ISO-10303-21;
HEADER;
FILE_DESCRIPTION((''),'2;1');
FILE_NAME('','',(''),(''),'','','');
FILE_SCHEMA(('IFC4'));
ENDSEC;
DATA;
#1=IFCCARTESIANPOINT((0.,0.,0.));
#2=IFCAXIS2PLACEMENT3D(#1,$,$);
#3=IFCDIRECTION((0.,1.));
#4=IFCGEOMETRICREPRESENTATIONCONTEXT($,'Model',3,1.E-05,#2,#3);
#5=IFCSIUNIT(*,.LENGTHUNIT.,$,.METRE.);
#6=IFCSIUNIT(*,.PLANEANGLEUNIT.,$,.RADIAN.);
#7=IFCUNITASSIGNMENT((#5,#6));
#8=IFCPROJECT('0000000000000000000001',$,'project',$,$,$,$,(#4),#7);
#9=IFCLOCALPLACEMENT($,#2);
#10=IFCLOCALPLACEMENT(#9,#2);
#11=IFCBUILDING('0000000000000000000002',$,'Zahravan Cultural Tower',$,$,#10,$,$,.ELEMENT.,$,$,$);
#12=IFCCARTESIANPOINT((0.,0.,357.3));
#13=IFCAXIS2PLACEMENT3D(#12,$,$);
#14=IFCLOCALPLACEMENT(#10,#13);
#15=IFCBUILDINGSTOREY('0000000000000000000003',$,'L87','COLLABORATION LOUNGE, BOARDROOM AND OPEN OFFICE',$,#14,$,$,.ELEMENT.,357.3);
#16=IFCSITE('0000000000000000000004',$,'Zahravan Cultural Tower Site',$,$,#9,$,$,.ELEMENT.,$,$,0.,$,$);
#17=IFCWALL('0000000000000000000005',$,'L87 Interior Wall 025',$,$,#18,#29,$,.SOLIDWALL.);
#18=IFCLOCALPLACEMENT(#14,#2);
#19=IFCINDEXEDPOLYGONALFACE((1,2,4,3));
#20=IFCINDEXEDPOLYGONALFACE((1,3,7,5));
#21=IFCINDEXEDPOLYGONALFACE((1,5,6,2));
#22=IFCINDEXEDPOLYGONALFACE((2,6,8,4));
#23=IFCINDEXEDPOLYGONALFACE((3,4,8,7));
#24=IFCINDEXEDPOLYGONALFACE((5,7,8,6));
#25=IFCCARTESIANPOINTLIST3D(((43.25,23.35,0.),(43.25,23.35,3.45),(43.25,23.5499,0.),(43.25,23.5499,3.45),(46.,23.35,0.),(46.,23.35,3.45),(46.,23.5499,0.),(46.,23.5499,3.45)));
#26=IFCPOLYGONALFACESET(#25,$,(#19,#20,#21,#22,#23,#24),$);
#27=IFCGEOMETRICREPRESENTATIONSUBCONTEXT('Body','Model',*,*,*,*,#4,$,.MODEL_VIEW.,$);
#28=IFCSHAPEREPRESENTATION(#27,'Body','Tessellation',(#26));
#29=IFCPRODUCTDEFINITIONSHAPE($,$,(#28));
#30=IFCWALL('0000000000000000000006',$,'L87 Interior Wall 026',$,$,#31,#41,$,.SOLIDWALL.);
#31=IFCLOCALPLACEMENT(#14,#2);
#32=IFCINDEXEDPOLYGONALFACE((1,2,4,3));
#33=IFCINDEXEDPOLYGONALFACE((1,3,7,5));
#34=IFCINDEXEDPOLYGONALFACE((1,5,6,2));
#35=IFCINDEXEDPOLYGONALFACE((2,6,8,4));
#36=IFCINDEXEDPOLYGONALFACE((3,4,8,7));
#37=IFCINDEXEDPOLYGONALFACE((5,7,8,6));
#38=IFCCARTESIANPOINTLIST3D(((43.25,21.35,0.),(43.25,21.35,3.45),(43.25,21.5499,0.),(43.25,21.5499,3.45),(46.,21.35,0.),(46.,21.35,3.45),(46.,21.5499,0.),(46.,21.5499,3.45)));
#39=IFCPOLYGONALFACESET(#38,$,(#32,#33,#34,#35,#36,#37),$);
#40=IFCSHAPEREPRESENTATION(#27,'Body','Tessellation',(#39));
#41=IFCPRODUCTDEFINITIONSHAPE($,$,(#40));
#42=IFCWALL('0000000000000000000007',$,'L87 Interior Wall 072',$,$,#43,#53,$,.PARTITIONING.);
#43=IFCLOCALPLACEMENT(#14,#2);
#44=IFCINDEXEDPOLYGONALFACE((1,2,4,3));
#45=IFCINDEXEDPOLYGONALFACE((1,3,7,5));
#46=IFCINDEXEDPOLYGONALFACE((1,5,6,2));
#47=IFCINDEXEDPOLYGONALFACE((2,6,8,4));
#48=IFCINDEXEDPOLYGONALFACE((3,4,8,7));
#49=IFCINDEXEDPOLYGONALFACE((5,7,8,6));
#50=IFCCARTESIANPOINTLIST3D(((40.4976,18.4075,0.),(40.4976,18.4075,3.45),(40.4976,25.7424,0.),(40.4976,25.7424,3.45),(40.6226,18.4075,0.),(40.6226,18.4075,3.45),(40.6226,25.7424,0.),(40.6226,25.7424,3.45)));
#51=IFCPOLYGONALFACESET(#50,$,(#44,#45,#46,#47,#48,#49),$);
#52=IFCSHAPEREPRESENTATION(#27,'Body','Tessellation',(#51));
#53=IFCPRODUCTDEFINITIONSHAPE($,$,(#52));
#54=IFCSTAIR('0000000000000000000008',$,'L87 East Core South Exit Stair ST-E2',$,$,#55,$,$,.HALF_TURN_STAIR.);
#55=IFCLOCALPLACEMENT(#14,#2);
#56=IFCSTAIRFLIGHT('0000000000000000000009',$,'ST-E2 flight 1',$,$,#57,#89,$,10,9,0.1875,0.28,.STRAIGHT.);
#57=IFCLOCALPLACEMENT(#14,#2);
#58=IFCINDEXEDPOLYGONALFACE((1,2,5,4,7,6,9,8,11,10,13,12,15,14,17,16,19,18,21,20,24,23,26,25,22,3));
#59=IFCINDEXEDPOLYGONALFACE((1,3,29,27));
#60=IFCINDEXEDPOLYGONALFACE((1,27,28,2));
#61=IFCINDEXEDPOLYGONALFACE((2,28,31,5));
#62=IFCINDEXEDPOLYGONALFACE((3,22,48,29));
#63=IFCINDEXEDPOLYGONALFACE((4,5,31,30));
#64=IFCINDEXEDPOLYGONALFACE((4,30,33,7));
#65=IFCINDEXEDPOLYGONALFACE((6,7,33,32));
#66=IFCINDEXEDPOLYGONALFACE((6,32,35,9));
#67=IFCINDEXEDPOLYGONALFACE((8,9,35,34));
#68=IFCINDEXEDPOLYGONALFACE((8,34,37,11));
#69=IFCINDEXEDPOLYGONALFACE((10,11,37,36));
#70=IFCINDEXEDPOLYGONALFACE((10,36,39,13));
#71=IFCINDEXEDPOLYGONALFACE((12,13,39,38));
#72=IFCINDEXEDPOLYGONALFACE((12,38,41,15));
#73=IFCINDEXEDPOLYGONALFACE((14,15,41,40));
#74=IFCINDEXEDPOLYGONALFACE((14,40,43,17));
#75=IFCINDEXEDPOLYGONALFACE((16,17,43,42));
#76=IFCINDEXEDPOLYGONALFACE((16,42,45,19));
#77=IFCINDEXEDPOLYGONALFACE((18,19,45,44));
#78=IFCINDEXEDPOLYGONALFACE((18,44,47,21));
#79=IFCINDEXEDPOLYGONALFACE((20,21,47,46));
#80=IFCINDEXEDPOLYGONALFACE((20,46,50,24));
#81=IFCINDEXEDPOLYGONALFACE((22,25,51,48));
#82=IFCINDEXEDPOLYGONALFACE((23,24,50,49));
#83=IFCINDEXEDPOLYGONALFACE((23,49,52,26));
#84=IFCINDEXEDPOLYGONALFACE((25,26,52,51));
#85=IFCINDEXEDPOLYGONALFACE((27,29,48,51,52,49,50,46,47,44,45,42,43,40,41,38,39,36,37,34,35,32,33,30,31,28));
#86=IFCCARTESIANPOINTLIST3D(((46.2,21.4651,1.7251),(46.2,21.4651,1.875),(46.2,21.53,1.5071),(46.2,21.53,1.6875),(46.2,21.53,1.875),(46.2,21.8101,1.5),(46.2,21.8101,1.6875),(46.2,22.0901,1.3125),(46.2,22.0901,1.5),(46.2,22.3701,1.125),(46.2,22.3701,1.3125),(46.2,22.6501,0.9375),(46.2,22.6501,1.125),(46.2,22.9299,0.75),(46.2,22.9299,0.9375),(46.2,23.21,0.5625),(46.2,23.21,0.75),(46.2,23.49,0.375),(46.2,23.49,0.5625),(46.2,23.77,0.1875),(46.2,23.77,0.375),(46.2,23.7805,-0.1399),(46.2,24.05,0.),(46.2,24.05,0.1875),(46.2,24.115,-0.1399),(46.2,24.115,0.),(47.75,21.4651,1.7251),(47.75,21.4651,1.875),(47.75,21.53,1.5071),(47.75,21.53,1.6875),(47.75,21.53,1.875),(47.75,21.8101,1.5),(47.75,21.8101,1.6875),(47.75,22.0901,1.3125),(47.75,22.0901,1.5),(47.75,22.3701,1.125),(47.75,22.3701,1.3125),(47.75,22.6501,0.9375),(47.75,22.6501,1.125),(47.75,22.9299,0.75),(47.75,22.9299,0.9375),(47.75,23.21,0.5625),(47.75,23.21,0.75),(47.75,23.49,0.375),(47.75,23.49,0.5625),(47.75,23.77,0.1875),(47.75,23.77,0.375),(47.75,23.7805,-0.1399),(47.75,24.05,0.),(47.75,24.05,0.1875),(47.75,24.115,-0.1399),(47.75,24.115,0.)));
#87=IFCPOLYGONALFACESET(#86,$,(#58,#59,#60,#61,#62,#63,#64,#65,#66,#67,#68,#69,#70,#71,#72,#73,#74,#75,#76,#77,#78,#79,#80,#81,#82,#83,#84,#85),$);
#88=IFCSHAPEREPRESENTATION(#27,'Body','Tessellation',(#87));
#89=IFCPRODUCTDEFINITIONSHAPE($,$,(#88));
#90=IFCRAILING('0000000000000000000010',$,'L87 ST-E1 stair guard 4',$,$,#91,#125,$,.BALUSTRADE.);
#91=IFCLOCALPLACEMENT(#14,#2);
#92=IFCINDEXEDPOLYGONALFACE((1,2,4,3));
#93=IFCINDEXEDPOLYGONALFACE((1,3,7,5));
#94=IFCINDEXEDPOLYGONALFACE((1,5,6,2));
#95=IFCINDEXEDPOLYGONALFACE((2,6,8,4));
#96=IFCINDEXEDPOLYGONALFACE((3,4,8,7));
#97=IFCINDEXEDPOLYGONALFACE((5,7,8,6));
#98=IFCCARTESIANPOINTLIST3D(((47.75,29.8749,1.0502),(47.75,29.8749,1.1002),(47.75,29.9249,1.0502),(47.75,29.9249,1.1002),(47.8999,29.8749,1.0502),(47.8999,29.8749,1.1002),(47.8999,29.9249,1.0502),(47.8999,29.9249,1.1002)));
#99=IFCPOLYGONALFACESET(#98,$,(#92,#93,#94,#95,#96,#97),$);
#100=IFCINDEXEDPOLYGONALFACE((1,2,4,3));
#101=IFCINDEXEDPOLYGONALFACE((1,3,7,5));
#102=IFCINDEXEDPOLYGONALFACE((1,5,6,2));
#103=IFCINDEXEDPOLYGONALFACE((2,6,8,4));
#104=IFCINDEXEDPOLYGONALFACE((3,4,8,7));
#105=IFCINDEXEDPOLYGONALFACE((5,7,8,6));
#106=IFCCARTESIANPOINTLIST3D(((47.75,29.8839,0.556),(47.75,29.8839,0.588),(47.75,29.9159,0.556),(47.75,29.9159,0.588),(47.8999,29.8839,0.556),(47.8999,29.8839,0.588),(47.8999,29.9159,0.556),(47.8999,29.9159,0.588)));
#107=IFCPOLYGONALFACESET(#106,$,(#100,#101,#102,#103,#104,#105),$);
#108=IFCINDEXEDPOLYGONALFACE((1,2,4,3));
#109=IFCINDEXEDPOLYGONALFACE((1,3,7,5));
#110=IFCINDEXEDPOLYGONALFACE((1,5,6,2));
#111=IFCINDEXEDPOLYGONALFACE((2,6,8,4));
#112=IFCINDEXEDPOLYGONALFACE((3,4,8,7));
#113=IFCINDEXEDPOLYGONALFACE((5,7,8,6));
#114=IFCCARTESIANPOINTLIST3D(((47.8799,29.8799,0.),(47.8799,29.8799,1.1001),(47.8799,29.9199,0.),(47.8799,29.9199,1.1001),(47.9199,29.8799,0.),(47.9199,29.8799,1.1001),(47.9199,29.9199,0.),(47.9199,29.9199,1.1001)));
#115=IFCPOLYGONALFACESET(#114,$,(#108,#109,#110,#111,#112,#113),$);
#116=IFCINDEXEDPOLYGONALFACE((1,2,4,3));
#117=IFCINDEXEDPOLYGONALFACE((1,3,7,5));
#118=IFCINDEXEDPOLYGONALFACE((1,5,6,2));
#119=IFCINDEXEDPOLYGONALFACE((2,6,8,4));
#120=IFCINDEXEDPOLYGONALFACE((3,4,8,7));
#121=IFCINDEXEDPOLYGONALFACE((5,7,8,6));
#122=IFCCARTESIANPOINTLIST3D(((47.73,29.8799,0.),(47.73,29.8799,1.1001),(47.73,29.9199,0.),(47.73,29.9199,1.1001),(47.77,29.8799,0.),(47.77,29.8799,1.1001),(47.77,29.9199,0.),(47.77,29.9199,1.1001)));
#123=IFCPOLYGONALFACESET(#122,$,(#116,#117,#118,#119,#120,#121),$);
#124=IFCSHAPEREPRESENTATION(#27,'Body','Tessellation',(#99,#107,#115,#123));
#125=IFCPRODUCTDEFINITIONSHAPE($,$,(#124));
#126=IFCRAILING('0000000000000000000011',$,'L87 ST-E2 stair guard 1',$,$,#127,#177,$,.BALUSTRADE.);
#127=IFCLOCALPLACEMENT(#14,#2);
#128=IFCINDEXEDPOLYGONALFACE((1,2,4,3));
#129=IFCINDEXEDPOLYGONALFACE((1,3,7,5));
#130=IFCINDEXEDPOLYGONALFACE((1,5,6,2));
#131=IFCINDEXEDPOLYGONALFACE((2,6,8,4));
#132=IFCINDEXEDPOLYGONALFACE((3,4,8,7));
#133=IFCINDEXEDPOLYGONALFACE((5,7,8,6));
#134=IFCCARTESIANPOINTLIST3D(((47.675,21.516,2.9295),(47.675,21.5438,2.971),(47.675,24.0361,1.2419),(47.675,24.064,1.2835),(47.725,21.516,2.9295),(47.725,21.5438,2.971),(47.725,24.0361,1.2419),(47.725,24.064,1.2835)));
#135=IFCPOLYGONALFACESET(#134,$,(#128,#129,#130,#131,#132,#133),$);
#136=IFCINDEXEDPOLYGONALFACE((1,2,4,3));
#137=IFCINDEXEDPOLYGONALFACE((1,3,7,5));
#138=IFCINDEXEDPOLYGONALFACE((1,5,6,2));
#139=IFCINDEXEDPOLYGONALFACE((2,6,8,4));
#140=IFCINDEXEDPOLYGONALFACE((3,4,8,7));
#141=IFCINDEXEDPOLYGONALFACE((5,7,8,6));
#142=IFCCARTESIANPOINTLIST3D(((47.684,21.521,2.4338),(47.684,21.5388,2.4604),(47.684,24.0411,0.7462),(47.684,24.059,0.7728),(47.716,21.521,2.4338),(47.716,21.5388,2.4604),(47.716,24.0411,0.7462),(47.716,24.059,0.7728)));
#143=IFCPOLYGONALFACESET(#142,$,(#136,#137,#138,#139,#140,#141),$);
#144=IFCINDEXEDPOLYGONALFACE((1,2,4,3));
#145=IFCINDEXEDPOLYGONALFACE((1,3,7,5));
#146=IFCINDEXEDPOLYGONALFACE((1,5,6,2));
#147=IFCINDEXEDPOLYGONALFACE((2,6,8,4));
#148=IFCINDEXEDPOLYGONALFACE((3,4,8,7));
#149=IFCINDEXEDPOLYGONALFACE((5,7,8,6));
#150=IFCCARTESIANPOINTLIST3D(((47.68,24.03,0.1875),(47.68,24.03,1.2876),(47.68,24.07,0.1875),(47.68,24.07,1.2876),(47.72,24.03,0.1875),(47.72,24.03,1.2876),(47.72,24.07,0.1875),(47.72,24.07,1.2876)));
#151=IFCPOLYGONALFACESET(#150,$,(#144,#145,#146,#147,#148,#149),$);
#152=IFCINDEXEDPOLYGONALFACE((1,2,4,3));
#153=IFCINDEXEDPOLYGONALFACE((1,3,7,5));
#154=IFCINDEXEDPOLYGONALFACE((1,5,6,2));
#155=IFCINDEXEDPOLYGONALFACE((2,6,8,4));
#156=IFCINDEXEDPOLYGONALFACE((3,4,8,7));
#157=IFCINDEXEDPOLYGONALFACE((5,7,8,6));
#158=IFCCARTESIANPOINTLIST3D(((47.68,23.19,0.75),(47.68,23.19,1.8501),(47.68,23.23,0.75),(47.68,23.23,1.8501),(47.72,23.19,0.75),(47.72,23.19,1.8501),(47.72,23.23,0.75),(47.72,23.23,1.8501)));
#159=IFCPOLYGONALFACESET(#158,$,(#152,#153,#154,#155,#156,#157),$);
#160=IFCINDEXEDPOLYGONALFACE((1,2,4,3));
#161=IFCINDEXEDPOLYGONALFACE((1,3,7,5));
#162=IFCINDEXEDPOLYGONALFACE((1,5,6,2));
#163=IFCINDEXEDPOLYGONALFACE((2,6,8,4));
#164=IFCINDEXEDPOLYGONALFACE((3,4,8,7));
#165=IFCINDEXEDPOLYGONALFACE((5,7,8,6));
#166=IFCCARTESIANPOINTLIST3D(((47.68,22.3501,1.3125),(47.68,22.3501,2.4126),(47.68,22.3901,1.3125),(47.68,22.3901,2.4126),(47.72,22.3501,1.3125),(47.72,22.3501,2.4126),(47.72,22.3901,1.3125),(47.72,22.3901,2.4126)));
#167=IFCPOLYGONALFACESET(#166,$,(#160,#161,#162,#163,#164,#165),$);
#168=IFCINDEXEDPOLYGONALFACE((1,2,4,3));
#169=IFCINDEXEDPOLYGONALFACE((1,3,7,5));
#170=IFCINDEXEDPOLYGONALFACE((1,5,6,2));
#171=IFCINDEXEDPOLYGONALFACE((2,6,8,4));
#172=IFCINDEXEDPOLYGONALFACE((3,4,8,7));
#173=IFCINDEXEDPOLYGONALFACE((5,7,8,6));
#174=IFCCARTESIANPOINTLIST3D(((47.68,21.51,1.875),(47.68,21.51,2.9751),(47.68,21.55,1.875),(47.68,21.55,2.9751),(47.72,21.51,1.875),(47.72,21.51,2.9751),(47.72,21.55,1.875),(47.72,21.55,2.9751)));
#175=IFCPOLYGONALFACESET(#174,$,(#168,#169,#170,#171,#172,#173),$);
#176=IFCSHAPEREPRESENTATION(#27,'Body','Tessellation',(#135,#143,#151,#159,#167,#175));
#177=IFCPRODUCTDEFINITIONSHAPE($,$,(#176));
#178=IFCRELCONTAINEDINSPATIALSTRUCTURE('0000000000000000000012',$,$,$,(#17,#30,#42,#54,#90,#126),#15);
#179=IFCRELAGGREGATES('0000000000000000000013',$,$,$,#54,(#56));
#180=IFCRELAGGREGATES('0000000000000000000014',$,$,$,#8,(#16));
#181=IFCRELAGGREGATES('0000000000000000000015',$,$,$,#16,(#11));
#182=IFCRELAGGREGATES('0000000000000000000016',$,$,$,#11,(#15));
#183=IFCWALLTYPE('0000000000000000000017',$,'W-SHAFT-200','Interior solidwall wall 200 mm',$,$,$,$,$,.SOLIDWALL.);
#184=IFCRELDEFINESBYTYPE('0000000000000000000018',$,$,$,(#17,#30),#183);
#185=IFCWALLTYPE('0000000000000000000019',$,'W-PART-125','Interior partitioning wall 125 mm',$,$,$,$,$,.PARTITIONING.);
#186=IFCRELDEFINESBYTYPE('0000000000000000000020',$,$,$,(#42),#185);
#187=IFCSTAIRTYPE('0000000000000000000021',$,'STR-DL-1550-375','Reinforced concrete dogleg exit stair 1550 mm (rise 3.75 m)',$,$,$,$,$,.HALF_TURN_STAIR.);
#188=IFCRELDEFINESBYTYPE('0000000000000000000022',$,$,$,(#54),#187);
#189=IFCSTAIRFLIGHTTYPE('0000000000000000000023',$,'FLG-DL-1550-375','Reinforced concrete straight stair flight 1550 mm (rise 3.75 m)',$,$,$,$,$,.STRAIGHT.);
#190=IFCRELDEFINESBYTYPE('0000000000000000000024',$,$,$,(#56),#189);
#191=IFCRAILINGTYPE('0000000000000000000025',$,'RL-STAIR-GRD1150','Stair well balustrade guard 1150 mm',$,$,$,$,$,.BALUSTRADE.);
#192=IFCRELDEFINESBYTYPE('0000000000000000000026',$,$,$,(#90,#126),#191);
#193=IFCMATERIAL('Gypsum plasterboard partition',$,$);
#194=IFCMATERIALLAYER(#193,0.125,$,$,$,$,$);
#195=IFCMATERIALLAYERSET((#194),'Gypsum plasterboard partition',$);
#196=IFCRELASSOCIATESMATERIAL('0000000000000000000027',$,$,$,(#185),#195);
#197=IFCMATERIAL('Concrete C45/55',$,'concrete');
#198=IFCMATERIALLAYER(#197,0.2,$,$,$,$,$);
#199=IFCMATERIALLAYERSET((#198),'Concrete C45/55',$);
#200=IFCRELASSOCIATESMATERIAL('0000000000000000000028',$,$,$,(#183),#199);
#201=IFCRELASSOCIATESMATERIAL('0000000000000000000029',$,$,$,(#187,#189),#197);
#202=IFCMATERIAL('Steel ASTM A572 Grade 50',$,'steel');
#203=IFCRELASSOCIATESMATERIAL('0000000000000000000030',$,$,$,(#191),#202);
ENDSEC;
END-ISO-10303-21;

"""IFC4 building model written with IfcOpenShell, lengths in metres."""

from ifc_helpers import new_model, si_unit, direction, frame, frame_2d, origin, origin_2d, place, context, subcontext, project, spatial, polyline, rectangle, outline, extrude, source, transform, mapped, material, layer, layer_set, type_object, element, aggregate, save


model = new_model("IFC4")

# Units and contexts
model_context = context("Model", 3, precision=1e-05, world=origin(), true_north=direction((0.0, 1.0)))
body_context = subcontext(model_context, "Body", "Model", "MODEL_VIEW")
ifc_project = project(units=[si_unit("LENGTHUNIT", "METRE"), si_unit("PLANEANGLEUNIT", "RADIAN")], contexts=[model_context])

# Site, building, storey
site_placement = place(None, origin())
site = spatial("IfcSite", under=ifc_project, at=site_placement, Name="Zahravan Cultural Tower Site", CompositionType="ELEMENT", RefElevation=0.0)
building_placement = place(site_placement, origin())
building = spatial("IfcBuilding", under=site, at=building_placement, Name="Zahravan Cultural Tower", CompositionType="ELEMENT")
storey_placement = place(building_placement, frame((0.0, 0.0, 357.3)))
storey = spatial("IfcBuildingStorey", under=building, at=storey_placement, Name="L87", Description="COLLABORATION LOUNGE, BOARDROOM AND OPEN OFFICE", CompositionType="ELEMENT", Elevation=357.3)

# Shared definitions
ifc_material_1 = material(Name="Steel ASTM A572 Grade 50", Category="steel")
ifc_material_2 = material(Name="Gypsum plasterboard partition")
ifc_layer_1 = layer(ifc_material_2, 0.125)
ifc_layer_set_1 = layer_set([ifc_layer_1], Name="Gypsum plasterboard partition")
wall_type_1 = type_object("IfcWallType", Name="W-PART-125", Description="Interior partitioning wall 125 mm", PredefinedType="PARTITIONING", material=ifc_layer_set_1)
ifc_material_3 = material(Name="Concrete C45/55", Category="concrete")
ifc_layer_2 = layer(ifc_material_3, 0.2)
ifc_layer_set_2 = layer_set([ifc_layer_2], Name="Concrete C45/55")
wall_type_2 = type_object("IfcWallType", Name="W-SHAFT-200", Description="Interior solidwall wall 200 mm", PredefinedType="SOLIDWALL", material=ifc_layer_set_2)

# Walls
shared_shape_1 = source(origin(), body_context, "Body", "SweptSolid", [
    extrude(rectangle(XDim=2.75, YDim=0.2, at=frame_2d((1.375, 0.0))), origin(), (0.0, 0.0, 1.0), 3.45),
])
for number, where, z_axis, x_axis, name in (
    (1, (43.25, 23.45, 0.0), (0.0, 0.0, 1.0), (1.0, 0.0, 0.0), "L87 Interior Wall 025"),
    (2, (43.25, 21.45, 0.0), (0.0, 0.0, 1.0), (1.0, 0.0, 0.0), "L87 Interior Wall 026"),
):
    element("IfcWall", number, at=place(storey_placement, frame(where, z_axis=z_axis, x_axis=x_axis)), inside=storey, type_object=wall_type_2, Name=name, PredefinedType="SOLIDWALL", context=body_context, shape_type="MappedRepresentation", body=[
        mapped(shared_shape_1, transform((0.0, 0.0, 0.0), x_axis=(1.0, 0.0, 0.0), y_axis=(0.0, 1.0, 0.0), z_axis=(0.0, 0.0, 1.0), scale=1.0)),
    ])
shared_shape_2 = source(origin(), body_context, "Body", "SweptSolid", [
    extrude(rectangle(XDim=7.335, YDim=0.125, at=frame_2d((3.6675, 0.0))), origin(), (0.0, 0.0, 1.0), 3.45),
])
wall_1_placement = place(storey_placement, frame((40.5601, 25.7424, 0.0), z_axis=(0.0, 0.0, 1.0), x_axis=(0.0, -1.0, 0.0)))
element("IfcWall", 3, at=wall_1_placement, inside=storey, type_object=wall_type_1, Name="L87 Interior Wall 072", PredefinedType="PARTITIONING", context=body_context, shape_type="MappedRepresentation", body=[
    mapped(shared_shape_2, transform((0.0, 0.0, 0.0), x_axis=(1.0, 0.0, 0.0), y_axis=(0.0, 1.0, 0.0), z_axis=(0.0, 0.0, 1.0), scale=1.0)),
])

# Stair, stair flight
stair_type = type_object("IfcStairType", Name="STR-DL-1550-375", Description="Reinforced concrete dogleg exit stair 1550 mm (rise 3.75 m)", PredefinedType="HALF_TURN_STAIR", material=ifc_material_3)
stair_placement = place(storey_placement, origin())
stair = element("IfcStair", 4, at=stair_placement, inside=storey, type_object=stair_type, Name="L87 East Core South Exit Stair ST-E2", PredefinedType="HALF_TURN_STAIR")
stair_flight_type = type_object("IfcStairFlightType", Name="FLG-DL-1550-375", Description="Reinforced concrete straight stair flight 1550 mm (rise 3.75 m)", PredefinedType="STRAIGHT", material=ifc_material_3)
stair_flight_placement = place(storey_placement, frame((46.9751, 24.05, 0.0), z_axis=(0.0, 0.0, 1.0), x_axis=(0.0, -1.0, 0.0)))
stair_flight = element("IfcStairFlight", 5, at=stair_flight_placement, type_object=stair_flight_type, Name="ST-E2 flight 1", NumberOfRisers=10, NumberOfTreads=9, PredefinedType="STRAIGHT", RiserHeight=0.1875, TreadLength=0.28, context=body_context, shape_type="SweptSolid", body=[
    extrude(outline(polyline([(-0.0649, -0.1399), (-0.0649, 0.0), (0.0, 0.0), (0.0, 0.1875), (0.28, 0.1875), (0.28, 0.375), (0.5601, 0.375), (0.5601, 0.5625), (0.8401, 0.5625), (0.8401, 0.75), (1.1201, 0.75), (1.1201, 0.9375), (1.3999, 0.9375), (1.3999, 1.125), (1.6799, 1.125), (1.6799, 1.3125), (1.96, 1.3125), (1.96, 1.5), (2.24, 1.5), (2.24, 1.6875), (2.52, 1.6875), (2.52, 1.875), (2.585, 1.875), (2.585, 1.7251), (2.52, 1.5071), (0.2695, -0.1399), (-0.0649, -0.1399)])), frame((0.0, 0.7749, 0.0), z_axis=(0.0, -1.0, 0.0), x_axis=(1.0, 0.0, 0.0)), (0.0, 0.0, 1.0), 1.55),
])
aggregate(stair, [stair_flight])

# Railings
railing_type_1 = type_object("IfcRailingType", Name="RL-STAIR-GRD1150", Description="Stair well balustrade guard 1150 mm", PredefinedType="BALUSTRADE", material=ifc_material_1)
railing_1_placement = place(storey_placement, frame((47.8999, 29.8999, 0.0)))
element("IfcRailing", 6, at=railing_1_placement, inside=storey, type_object=railing_type_1, Name="L87 ST-E1 stair guard 4", PredefinedType="BALUSTRADE", context=body_context, shape_type="SweptSolid", body=[
    extrude(rectangle(XDim=0.05, YDim=0.05, at=origin_2d()), frame((0.0, 0.0, 1.0752), z_axis=(-1.0, 0.0, 0.0), x_axis=(0.0, -1.0, 0.0)), (0.0, 0.0, 1.0), 0.1499),
    extrude(rectangle(XDim=0.032, YDim=0.032, at=origin_2d()), frame((0.0, 0.0, 0.572), z_axis=(-1.0, 0.0, 0.0), x_axis=(0.0, -1.0, 0.0)), (0.0, 0.0, 1.0), 0.1499),
    extrude(rectangle(XDim=0.04, YDim=0.04, at=origin_2d()), origin(), (0.0, 0.0, 1.0), 1.1001),
    extrude(rectangle(XDim=0.04, YDim=0.04, at=origin_2d()), frame((-0.1499, 0.0, 0.0)), (0.0, 0.0, 1.0), 1.1001),
])
railing_2_placement = place(storey_placement, frame((47.7, 24.05, 0.1875)))
element("IfcRailing", 7, at=railing_2_placement, inside=storey, type_object=railing_type_1, Name="L87 ST-E2 stair guard 1", PredefinedType="BALUSTRADE", context=body_context, shape_type="SweptSolid", body=[
    extrude(rectangle(XDim=0.05, YDim=0.05, at=origin_2d()), frame((0.0, 0.0, 1.0752), z_axis=(0.0, -0.830909, 0.556408), x_axis=(1.0, 0.0, 0.0)), (0.0, 0.0, 1.0), 3.033),
    extrude(rectangle(XDim=0.032, YDim=0.032, at=origin_2d()), frame((0.0, 0.0, 0.572), z_axis=(0.0, -0.830909, 0.556408), x_axis=(1.0, 0.0, 0.0)), (0.0, 0.0, 1.0), 3.033),
    extrude(rectangle(XDim=0.04, YDim=0.04, at=origin_2d()), origin(), (0.0, 0.0, 1.0), 1.1001),
    extrude(rectangle(XDim=0.04, YDim=0.04, at=origin_2d()), frame((0.0, -0.8401, 0.5625)), (0.0, 0.0, 1.0), 1.1001),
    extrude(rectangle(XDim=0.04, YDim=0.04, at=origin_2d()), frame((0.0, -1.6799, 1.125)), (0.0, 0.0, 1.0), 1.1001),
    extrude(rectangle(XDim=0.04, YDim=0.04, at=origin_2d()), frame((0.0, -2.52, 1.6875)), (0.0, 0.0, 1.0), 1.1001),
])

save(model, "model.ifc")
